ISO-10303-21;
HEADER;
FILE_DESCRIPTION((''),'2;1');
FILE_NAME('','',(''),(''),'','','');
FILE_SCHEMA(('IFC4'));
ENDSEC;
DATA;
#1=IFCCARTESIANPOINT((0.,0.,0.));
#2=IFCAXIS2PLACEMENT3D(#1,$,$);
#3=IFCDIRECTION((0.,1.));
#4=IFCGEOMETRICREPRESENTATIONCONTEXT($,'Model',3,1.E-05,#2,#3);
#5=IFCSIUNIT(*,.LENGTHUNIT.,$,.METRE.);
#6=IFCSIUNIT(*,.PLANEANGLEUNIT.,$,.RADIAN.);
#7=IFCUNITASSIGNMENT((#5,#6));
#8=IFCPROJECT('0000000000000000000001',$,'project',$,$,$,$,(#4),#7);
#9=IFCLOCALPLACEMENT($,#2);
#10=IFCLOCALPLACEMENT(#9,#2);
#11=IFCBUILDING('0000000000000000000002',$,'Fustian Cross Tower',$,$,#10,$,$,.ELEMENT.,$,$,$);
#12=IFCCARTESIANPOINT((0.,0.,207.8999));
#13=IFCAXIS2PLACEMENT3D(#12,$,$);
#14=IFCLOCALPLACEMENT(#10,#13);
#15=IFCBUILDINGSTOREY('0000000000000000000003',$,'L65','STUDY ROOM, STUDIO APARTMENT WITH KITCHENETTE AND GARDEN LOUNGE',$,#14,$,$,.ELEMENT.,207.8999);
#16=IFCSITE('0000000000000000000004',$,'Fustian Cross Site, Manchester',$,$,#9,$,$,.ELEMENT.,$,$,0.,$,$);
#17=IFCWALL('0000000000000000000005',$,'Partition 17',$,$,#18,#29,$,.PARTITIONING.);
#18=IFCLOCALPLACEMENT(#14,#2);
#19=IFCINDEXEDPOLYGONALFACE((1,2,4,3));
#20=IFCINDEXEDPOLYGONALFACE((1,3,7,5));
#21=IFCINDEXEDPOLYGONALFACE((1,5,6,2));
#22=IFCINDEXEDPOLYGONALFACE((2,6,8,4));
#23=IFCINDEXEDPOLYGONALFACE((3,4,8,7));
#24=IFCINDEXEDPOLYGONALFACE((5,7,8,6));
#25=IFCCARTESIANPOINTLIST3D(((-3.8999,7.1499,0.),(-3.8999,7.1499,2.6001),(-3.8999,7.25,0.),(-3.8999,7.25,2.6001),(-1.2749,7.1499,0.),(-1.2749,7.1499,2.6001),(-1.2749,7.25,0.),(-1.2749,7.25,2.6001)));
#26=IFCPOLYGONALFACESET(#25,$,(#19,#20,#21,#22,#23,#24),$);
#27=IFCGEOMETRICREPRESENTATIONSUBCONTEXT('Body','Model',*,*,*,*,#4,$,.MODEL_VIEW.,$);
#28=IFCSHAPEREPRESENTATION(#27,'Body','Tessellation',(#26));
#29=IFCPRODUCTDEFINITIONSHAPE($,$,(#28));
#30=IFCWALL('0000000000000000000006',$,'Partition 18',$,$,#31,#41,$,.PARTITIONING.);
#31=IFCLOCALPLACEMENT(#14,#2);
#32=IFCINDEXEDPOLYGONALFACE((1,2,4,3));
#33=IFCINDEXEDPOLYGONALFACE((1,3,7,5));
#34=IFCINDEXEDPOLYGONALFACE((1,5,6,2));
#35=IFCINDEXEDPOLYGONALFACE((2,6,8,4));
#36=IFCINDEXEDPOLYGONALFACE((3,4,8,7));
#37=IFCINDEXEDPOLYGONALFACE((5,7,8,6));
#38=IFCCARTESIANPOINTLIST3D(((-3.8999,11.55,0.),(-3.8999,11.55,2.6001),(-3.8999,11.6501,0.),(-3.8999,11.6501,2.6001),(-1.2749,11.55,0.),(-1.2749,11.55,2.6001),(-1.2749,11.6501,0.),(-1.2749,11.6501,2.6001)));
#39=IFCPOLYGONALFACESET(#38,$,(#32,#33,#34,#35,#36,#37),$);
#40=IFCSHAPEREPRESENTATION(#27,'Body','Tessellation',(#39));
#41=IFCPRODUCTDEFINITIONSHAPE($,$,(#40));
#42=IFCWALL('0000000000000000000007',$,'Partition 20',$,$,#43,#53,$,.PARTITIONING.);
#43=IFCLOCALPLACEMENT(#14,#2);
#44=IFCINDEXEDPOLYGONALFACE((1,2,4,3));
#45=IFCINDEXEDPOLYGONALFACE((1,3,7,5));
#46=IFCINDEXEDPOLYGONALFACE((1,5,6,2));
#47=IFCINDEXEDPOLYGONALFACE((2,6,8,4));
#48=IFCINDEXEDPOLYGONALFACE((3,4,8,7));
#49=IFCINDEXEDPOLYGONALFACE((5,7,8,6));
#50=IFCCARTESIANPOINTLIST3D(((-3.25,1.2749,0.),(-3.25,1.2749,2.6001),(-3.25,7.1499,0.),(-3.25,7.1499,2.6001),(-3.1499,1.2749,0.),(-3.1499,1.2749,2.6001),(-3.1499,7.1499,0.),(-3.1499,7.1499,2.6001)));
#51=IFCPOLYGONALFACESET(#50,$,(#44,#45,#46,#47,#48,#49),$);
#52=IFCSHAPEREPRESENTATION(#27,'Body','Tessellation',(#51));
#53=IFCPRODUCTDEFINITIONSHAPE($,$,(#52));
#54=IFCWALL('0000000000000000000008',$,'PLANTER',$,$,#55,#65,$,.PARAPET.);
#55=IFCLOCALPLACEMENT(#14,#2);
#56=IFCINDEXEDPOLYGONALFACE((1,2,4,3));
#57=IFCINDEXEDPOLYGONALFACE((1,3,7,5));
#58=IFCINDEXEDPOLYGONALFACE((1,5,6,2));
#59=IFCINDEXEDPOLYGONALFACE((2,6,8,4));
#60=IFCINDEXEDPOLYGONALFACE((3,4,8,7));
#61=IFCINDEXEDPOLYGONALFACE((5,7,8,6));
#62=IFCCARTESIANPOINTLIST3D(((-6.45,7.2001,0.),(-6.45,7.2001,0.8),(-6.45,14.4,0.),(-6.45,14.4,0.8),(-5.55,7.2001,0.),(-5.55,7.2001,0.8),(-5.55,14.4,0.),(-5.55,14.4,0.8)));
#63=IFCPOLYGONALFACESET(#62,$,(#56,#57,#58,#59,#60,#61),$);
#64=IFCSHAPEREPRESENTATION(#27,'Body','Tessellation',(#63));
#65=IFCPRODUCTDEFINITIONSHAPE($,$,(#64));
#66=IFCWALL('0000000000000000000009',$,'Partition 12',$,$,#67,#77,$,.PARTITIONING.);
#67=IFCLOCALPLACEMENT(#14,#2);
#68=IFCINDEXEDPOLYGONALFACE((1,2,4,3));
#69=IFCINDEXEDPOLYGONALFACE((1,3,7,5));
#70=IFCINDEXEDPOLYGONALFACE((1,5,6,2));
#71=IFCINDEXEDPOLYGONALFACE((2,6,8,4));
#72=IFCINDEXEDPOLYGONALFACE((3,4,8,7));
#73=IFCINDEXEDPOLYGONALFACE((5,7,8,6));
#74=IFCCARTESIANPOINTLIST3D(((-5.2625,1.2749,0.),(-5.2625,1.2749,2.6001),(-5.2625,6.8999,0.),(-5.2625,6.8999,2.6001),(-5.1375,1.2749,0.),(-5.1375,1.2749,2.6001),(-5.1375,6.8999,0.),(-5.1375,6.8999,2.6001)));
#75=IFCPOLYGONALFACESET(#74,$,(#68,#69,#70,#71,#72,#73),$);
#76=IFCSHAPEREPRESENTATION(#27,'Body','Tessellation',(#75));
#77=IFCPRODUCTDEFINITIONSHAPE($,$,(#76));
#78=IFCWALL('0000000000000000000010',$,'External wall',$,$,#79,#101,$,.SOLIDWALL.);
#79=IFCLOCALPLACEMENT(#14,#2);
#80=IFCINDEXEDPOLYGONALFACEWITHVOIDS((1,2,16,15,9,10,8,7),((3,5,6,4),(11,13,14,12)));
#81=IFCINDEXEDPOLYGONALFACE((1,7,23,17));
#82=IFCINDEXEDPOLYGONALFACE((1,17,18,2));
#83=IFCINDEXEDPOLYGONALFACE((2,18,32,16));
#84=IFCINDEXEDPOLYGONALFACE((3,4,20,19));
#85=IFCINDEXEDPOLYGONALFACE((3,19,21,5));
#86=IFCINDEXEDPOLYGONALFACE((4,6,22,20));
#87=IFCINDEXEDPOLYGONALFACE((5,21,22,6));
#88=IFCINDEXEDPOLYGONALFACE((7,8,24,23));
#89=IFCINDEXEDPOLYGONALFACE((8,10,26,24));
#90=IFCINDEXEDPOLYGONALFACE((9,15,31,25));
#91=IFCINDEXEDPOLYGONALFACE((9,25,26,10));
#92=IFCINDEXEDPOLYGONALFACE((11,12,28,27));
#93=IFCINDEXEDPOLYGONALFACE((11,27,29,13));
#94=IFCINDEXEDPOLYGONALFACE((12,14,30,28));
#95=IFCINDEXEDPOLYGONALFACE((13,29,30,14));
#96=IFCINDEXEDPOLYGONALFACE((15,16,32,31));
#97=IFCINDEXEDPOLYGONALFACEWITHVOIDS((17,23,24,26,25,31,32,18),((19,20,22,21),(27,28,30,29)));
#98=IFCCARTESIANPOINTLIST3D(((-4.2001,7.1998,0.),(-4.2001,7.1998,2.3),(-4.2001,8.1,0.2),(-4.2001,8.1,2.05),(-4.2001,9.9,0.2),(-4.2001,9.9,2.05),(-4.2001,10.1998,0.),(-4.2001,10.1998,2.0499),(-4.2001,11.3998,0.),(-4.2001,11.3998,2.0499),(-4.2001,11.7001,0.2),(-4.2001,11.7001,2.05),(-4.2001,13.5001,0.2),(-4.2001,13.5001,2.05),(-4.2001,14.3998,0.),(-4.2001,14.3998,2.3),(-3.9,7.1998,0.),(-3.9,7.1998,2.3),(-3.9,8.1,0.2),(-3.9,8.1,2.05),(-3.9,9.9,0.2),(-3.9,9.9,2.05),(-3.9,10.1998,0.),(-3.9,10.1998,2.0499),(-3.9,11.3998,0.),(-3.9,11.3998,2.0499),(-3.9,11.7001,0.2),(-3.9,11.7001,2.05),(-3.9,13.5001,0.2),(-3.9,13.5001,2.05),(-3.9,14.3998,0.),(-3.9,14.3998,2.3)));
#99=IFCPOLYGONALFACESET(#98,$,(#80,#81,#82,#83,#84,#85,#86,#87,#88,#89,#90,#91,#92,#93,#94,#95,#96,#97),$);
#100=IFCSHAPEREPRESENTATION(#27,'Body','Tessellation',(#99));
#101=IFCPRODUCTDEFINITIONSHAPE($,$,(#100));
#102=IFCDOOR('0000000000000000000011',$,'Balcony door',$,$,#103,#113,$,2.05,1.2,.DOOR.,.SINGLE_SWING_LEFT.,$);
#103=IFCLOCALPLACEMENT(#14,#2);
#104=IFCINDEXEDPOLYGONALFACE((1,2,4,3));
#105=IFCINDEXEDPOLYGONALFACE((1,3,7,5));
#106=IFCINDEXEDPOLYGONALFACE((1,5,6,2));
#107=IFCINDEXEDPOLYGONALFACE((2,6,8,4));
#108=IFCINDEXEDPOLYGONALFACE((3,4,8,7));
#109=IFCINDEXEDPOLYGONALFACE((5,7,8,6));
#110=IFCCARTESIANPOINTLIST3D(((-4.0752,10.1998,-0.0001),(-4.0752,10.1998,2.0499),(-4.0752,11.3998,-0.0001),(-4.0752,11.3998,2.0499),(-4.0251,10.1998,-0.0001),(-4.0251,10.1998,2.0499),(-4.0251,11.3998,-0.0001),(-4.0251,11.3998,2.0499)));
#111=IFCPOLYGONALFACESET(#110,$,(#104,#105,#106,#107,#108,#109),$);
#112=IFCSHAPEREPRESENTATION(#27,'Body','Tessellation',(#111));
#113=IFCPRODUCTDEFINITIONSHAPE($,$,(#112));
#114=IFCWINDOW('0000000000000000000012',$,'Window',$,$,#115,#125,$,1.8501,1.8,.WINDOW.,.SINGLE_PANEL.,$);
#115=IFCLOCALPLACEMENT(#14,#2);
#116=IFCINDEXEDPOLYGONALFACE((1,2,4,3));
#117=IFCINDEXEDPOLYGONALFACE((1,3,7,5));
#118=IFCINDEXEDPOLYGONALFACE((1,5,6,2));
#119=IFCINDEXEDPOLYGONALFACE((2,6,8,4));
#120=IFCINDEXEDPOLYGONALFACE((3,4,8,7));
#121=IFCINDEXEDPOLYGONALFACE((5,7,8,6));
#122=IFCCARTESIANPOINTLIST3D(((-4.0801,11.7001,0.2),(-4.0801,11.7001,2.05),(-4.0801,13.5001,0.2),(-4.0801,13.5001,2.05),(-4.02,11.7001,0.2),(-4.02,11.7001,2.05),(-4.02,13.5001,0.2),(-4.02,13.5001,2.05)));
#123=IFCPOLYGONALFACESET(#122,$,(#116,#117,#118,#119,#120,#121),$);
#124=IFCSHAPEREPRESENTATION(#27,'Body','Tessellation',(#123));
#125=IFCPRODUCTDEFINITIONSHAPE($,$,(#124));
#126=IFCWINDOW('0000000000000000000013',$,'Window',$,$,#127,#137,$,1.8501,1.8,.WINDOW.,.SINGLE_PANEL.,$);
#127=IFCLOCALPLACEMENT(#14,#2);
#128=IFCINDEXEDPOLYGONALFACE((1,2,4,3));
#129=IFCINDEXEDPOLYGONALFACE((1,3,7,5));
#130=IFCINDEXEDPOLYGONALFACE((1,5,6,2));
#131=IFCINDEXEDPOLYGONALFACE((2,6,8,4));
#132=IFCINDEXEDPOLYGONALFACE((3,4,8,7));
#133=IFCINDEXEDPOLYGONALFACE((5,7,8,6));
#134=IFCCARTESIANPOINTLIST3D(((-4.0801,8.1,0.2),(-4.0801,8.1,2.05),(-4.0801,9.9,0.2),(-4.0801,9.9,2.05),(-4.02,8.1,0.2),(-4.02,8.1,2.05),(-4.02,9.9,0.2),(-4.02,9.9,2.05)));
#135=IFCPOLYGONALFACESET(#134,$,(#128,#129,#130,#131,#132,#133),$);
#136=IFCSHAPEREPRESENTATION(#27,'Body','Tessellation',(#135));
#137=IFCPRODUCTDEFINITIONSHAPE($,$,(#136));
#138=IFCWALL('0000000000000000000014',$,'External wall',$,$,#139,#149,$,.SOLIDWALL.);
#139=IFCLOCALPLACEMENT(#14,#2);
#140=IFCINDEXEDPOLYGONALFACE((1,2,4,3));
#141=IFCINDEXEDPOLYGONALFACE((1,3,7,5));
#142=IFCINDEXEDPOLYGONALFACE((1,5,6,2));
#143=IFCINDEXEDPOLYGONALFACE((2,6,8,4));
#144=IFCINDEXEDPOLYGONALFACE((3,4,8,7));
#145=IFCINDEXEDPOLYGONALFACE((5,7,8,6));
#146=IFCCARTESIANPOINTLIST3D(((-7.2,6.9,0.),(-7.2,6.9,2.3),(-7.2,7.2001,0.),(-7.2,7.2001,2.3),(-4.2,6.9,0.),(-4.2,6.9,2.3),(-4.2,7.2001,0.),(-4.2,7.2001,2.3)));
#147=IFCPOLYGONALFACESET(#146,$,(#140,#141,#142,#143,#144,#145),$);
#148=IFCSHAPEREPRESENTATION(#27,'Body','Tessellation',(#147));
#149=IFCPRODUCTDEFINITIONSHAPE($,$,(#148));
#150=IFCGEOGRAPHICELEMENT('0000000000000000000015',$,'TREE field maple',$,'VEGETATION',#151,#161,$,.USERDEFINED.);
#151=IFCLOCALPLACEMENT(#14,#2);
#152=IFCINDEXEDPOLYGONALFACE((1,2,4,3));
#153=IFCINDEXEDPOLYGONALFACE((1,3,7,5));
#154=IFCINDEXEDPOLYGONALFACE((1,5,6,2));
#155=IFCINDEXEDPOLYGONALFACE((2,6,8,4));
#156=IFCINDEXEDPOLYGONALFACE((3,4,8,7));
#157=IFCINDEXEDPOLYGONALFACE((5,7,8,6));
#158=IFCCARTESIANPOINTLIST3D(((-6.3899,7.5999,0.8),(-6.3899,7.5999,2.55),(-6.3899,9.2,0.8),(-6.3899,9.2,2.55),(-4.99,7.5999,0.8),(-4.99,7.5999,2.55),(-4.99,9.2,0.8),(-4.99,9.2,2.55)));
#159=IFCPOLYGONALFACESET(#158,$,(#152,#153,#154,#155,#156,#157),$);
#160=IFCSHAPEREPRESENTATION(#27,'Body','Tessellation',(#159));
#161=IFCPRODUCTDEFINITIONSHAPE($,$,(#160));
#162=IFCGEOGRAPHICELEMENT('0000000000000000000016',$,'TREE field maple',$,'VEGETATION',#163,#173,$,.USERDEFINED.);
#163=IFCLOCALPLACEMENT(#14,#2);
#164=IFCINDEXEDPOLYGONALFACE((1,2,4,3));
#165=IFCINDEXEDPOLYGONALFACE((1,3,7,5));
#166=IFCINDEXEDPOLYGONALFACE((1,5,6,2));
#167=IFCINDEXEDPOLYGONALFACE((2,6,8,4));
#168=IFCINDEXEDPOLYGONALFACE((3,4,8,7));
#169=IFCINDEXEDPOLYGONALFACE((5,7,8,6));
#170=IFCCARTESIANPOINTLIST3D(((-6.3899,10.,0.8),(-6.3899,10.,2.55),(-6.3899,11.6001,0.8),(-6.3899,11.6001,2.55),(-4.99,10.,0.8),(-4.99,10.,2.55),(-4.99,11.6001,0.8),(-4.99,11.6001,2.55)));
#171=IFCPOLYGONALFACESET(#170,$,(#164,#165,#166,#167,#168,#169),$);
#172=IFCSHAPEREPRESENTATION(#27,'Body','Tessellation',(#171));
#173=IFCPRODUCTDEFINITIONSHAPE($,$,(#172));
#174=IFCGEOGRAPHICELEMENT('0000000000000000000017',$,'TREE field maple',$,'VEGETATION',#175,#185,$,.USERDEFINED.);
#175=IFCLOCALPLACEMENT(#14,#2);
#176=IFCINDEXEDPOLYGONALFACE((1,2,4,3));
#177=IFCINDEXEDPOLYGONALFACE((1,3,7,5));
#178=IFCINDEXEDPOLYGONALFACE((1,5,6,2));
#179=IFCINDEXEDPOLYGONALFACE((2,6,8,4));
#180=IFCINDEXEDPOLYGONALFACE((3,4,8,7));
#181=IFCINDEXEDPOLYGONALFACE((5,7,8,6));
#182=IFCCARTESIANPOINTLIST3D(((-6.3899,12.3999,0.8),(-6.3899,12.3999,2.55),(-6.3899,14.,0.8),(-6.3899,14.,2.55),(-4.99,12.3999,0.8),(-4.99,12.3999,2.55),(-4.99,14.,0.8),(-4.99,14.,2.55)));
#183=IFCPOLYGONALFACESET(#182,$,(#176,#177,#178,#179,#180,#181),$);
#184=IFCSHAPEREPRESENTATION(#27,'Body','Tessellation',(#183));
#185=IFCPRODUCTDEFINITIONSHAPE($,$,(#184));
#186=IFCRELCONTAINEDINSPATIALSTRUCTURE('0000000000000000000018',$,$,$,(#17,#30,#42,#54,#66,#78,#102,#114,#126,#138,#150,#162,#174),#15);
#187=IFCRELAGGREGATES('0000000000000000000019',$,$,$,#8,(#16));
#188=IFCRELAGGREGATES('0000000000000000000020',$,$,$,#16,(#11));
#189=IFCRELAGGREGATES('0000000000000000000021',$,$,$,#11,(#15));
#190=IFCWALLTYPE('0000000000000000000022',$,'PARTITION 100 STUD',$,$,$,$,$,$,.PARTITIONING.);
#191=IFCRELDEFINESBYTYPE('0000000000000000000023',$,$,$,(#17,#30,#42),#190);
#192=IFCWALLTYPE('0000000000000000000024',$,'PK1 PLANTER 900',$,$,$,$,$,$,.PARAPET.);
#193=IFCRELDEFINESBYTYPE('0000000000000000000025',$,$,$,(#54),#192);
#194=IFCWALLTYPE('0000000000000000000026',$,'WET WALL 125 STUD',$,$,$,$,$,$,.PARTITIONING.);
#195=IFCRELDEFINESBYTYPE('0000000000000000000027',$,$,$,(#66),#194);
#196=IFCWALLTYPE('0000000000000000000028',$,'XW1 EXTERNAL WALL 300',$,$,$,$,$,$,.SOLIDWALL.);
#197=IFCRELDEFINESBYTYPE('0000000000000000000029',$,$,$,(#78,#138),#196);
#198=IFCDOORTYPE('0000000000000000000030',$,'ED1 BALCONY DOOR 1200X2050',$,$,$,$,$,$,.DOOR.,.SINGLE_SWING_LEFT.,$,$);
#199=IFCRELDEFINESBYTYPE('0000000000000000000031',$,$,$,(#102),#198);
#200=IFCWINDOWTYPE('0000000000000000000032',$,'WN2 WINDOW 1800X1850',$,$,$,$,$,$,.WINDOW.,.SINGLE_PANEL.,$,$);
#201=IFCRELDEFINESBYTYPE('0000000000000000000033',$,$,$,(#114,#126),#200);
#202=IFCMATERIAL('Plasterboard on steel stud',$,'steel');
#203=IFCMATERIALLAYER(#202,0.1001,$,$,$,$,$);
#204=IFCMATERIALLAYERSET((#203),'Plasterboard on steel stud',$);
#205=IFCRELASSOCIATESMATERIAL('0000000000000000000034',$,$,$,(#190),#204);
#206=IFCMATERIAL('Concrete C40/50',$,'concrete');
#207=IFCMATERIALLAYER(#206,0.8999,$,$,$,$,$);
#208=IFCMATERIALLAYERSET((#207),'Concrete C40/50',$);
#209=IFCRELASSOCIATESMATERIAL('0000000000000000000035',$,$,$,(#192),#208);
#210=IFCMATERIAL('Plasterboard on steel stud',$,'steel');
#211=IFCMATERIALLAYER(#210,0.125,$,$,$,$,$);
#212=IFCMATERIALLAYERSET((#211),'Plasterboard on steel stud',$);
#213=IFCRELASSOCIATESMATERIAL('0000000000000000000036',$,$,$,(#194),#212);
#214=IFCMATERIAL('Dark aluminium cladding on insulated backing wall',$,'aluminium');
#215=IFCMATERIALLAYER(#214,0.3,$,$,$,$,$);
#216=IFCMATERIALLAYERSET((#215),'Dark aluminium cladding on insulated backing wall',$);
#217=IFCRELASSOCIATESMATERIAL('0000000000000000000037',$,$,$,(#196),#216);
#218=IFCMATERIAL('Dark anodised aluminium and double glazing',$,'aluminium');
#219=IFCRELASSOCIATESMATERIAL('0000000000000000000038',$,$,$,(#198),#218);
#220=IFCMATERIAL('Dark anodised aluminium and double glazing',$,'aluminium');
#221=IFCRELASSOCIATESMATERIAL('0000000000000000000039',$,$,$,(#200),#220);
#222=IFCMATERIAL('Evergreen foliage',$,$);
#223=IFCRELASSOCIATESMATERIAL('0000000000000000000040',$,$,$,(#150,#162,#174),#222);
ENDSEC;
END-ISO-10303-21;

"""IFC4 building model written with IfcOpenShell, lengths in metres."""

from ifc_helpers import new_model, si_unit, direction, frame, frame_2d, origin, origin_2d, place, context, subcontext, project, spatial, rectangle, extrude, material, layer, layer_set, type_object, element, fill, save


model = new_model("IFC4")

# Units and contexts
model_context = context("Model", 3, precision=1e-05, world=origin(), true_north=direction((0.0, 1.0)))
body_context = subcontext(model_context, "Body", "Model", "MODEL_VIEW")
ifc_project = project(units=[si_unit("LENGTHUNIT", "METRE"), si_unit("PLANEANGLEUNIT", "RADIAN")], contexts=[model_context])

# Site, building, storey
site_placement = place(None, origin())
site = spatial("IfcSite", under=ifc_project, at=site_placement, Name="Fustian Cross Site, Manchester", CompositionType="ELEMENT", RefElevation=0.0)
building_placement = place(site_placement, origin())
building = spatial("IfcBuilding", under=site, at=building_placement, Name="Fustian Cross Tower", CompositionType="ELEMENT")
storey_placement = place(building_placement, frame((0.0, 0.0, 207.8999)))
storey = spatial("IfcBuildingStorey", under=building, at=storey_placement, Name="L65", Description="STUDY ROOM, STUDIO APARTMENT WITH KITCHENETTE AND GARDEN LOUNGE", CompositionType="ELEMENT", Elevation=207.8999)

# Walls
ifc_material_1 = material(Name="Plasterboard on steel stud", Category="steel")
ifc_layer_1 = layer(ifc_material_1, 0.1001)
ifc_layer_set_1 = layer_set([ifc_layer_1], Name="Plasterboard on steel stud")
wall_type_1 = type_object("IfcWallType", Name="PARTITION 100 STUD", PredefinedType="PARTITIONING", material=ifc_layer_set_1)
for number, where, z_axis, x_axis, name in (
    (1, (-3.8999, 7.2, 0.0), (0.0, 0.0, 1.0), (1.0, 0.0, 0.0), "Partition 17"),
    (2, (-3.8999, 11.6001, 0.0), (0.0, 0.0, 1.0), (1.0, 0.0, 0.0), "Partition 18"),
):
    element("IfcWall", number, at=place(storey_placement, frame(where, z_axis=z_axis, x_axis=x_axis)), inside=storey, type_object=wall_type_1, Name=name, PredefinedType="PARTITIONING", context=body_context, shape_type="SweptSolid", body=[
        extrude(rectangle(XDim=2.625, YDim=0.1001, at=frame_2d((1.3125, 0.0))), origin(), (0.0, 0.0, 1.0), 2.6001),
    ])
wall_1_placement = place(storey_placement, frame((-3.2, 1.2749, 0.0), z_axis=(0.0, 0.0, 1.0), x_axis=(0.0, 1.0, 0.0)))
element("IfcWall", 3, at=wall_1_placement, inside=storey, type_object=wall_type_1, Name="Partition 20", PredefinedType="PARTITIONING", context=body_context, shape_type="SweptSolid", body=[
    extrude(rectangle(XDim=5.875, YDim=0.1001, at=frame_2d((2.9375, 0.0))), origin(), (0.0, 0.0, 1.0), 2.6001),
])
ifc_material_2 = material(Name="Concrete C40/50", Category="concrete")
ifc_layer_2 = layer(ifc_material_2, 0.8999)
ifc_layer_set_2 = layer_set([ifc_layer_2], Name="Concrete C40/50")
wall_type_2 = type_object("IfcWallType", Name="PK1 PLANTER 900", PredefinedType="PARAPET", material=ifc_layer_set_2)
wall_2_placement = place(storey_placement, frame((-6.0, 7.2, 0.0), z_axis=(0.0, 0.0, 1.0), x_axis=(0.0, 1.0, 0.0)))
element("IfcWall", 4, at=wall_2_placement, inside=storey, type_object=wall_type_2, Name="PLANTER", PredefinedType="PARAPET", context=body_context, shape_type="SweptSolid", body=[
    extrude(rectangle(XDim=7.2, YDim=0.8999, at=frame_2d((3.6001, 0.0))), origin(), (0.0, 0.0, 1.0), 0.8),
])
ifc_material_3 = material(Name="Plasterboard on steel stud", Category="steel")
ifc_layer_3 = layer(ifc_material_3, 0.125)
ifc_layer_set_3 = layer_set([ifc_layer_3], Name="Plasterboard on steel stud")
wall_type_3 = type_object("IfcWallType", Name="WET WALL 125 STUD", PredefinedType="PARTITIONING", material=ifc_layer_set_3)
wall_3_placement = place(storey_placement, frame((-5.2, 1.2749, 0.0), z_axis=(0.0, 0.0, 1.0), x_axis=(0.0, 1.0, 0.0)))
element("IfcWall", 5, at=wall_3_placement, inside=storey, type_object=wall_type_3, Name="Partition 12", PredefinedType="PARTITIONING", context=body_context, shape_type="SweptSolid", body=[
    extrude(rectangle(XDim=5.625, YDim=0.125, at=frame_2d((2.8125, 0.0))), origin(), (0.0, 0.0, 1.0), 2.6001),
])

# Wall, openings, door, windows
ifc_material_4 = material(Name="Dark aluminium cladding on insulated backing wall", Category="aluminium")
ifc_layer_4 = layer(ifc_material_4, 0.3)
ifc_layer_set_4 = layer_set([ifc_layer_4], Name="Dark aluminium cladding on insulated backing wall")
wall_type_4 = type_object("IfcWallType", Name="XW1 EXTERNAL WALL 300", PredefinedType="SOLIDWALL", material=ifc_layer_set_4)
wall_4_placement = place(storey_placement, frame((-4.05, 14.3999, 0.0), z_axis=(0.0, 0.0, 1.0), x_axis=(0.0, -1.0, 0.0)))
wall_4 = element("IfcWall", 6, at=wall_4_placement, inside=storey, type_object=wall_type_4, Name="External wall", PredefinedType="SOLIDWALL", context=body_context, shape_type="SweptSolid", body=[
    extrude(rectangle(XDim=7.2, YDim=0.3, at=frame_2d((3.6001, 0.0))), origin(), (0.0, 0.0, 1.0), 2.3),
])
opening_1_placement = place(wall_4_placement, frame((3.0, 0.0, 0.0)))
opening_1 = element("IfcOpeningElement", 7, at=opening_1_placement, cuts=wall_4, PredefinedType="OPENING", context=body_context, shape_type="SweptSolid", body=[
    extrude(rectangle(XDim=1.2, YDim=2.05, at=frame_2d((0.6001, 1.0249))), frame((0.0, 0.1599, 0.0), z_axis=(0.0, -1.0, 0.0), x_axis=(1.0, 0.0, 0.0)), (0.0, 0.0, 1.0), 0.3201),
])
opening_2_placement = place(wall_4_placement, frame((0.8999, 0.0, 0.2)))
opening_2 = element("IfcOpeningElement", 8, at=opening_2_placement, cuts=wall_4, PredefinedType="OPENING", context=body_context, shape_type="SweptSolid", body=[
    extrude(rectangle(XDim=1.8, YDim=1.8501, at=frame_2d((0.8999, 0.925))), frame((0.0, 0.1599, 0.0), z_axis=(0.0, -1.0, 0.0), x_axis=(1.0, 0.0, 0.0)), (0.0, 0.0, 1.0), 0.3201),
])
opening_3_placement = place(wall_4_placement, frame((4.5, 0.0, 0.2)))
opening_3 = element("IfcOpeningElement", 9, at=opening_3_placement, cuts=wall_4, PredefinedType="OPENING", context=body_context, shape_type="SweptSolid", body=[
    extrude(rectangle(XDim=1.8, YDim=1.8501, at=frame_2d((0.8999, 0.925))), frame((0.0, 0.1599, 0.0), z_axis=(0.0, -1.0, 0.0), x_axis=(1.0, 0.0, 0.0)), (0.0, 0.0, 1.0), 0.3201),
])
ifc_material_5 = material(Name="Dark anodised aluminium and double glazing", Category="aluminium")
door_type_1 = type_object("IfcDoorType", Name="ED1 BALCONY DOOR 1200X2050", OperationType="SINGLE_SWING_LEFT", PredefinedType="DOOR", material=ifc_material_5)
door_1_placement = place(opening_1_placement, origin())
door_1 = element("IfcDoor", 10, at=door_1_placement, inside=storey, type_object=door_type_1, Name="Balcony door", OperationType="SINGLE_SWING_LEFT", OverallHeight=2.05, OverallWidth=1.2, PredefinedType="DOOR", context=body_context, shape_type="SweptSolid", body=[
    extrude(rectangle(XDim=1.2, YDim=2.05, at=frame_2d((0.6001, 1.0249))), frame((0.0, 0.0249, 0.0), z_axis=(0.0, -1.0, 0.0), x_axis=(1.0, 0.0, 0.0)), (0.0, 0.0, 1.0), 0.05),
])
fill(opening_1, door_1)
ifc_material_6 = material(Name="Dark anodised aluminium and double glazing", Category="aluminium")
window_type = type_object("IfcWindowType", Name="WN2 WINDOW 1800X1850", PartitioningType="SINGLE_PANEL", PredefinedType="WINDOW", material=ifc_material_6)
window_1_placement = place(opening_2_placement, origin())
window_1 = element("IfcWindow", 11, at=window_1_placement, inside=storey, type_object=window_type, Name="Window", OverallHeight=1.8501, OverallWidth=1.8, PartitioningType="SINGLE_PANEL", PredefinedType="WINDOW", context=body_context, shape_type="SweptSolid", body=[
    extrude(rectangle(XDim=1.8, YDim=1.8501, at=frame_2d((0.8999, 0.925))), frame((0.0, 0.03, 0.0), z_axis=(0.0, -1.0, 0.0), x_axis=(1.0, 0.0, 0.0)), (0.0, 0.0, 1.0), 0.0601),
])
fill(opening_2, window_1)
window_2_placement = place(opening_3_placement, origin())
window_2 = element("IfcWindow", 12, at=window_2_placement, inside=storey, type_object=window_type, Name="Window", OverallHeight=1.8501, OverallWidth=1.8, PartitioningType="SINGLE_PANEL", PredefinedType="WINDOW", context=body_context, shape_type="SweptSolid", body=[
    extrude(rectangle(XDim=1.8, YDim=1.8501, at=frame_2d((0.8999, 0.925))), frame((0.0, 0.03, 0.0), z_axis=(0.0, -1.0, 0.0), x_axis=(1.0, 0.0, 0.0)), (0.0, 0.0, 1.0), 0.0601),
])
fill(opening_3, window_2)

# Wall
wall_5_placement = place(storey_placement, frame((-4.2, 7.05, 0.0), z_axis=(0.0, 0.0, 1.0), x_axis=(-1.0, 0.0, 0.0)))
element("IfcWall", 13, at=wall_5_placement, inside=storey, type_object=wall_type_4, Name="External wall", PredefinedType="SOLIDWALL", context=body_context, shape_type="SweptSolid", body=[
    extrude(rectangle(XDim=3.0, YDim=0.3, at=frame_2d((1.5, 0.0))), origin(), (0.0, 0.0, 1.0), 2.3),
])

# Geographic elements
ifc_material_7 = material(Name="Evergreen foliage")
for number, where, z_axis, x_axis, name in (
    (14, (-5.6899, 8.3999, 0.8), (0.0, 0.0, 1.0), (1.0, 0.0, 0.0), "TREE field maple"),
    (15, (-5.6899, 10.8, 0.8), (0.0, 0.0, 1.0), (1.0, 0.0, 0.0), "TREE field maple"),
    (16, (-5.6899, 13.2, 0.8), (0.0, 0.0, 1.0), (1.0, 0.0, 0.0), "TREE field maple"),
):
    element("IfcGeographicElement", number, at=place(storey_placement, frame(where, z_axis=z_axis, x_axis=x_axis)), inside=storey, material=ifc_material_7, Name=name, ObjectType="VEGETATION", PredefinedType="USERDEFINED", context=body_context, shape_type="SweptSolid", body=[
        extrude(rectangle(XDim=1.3999, YDim=1.6001, at=origin_2d()), origin(), (0.0, 0.0, 1.0), 1.75),
    ])

save(model, "model.ifc")
